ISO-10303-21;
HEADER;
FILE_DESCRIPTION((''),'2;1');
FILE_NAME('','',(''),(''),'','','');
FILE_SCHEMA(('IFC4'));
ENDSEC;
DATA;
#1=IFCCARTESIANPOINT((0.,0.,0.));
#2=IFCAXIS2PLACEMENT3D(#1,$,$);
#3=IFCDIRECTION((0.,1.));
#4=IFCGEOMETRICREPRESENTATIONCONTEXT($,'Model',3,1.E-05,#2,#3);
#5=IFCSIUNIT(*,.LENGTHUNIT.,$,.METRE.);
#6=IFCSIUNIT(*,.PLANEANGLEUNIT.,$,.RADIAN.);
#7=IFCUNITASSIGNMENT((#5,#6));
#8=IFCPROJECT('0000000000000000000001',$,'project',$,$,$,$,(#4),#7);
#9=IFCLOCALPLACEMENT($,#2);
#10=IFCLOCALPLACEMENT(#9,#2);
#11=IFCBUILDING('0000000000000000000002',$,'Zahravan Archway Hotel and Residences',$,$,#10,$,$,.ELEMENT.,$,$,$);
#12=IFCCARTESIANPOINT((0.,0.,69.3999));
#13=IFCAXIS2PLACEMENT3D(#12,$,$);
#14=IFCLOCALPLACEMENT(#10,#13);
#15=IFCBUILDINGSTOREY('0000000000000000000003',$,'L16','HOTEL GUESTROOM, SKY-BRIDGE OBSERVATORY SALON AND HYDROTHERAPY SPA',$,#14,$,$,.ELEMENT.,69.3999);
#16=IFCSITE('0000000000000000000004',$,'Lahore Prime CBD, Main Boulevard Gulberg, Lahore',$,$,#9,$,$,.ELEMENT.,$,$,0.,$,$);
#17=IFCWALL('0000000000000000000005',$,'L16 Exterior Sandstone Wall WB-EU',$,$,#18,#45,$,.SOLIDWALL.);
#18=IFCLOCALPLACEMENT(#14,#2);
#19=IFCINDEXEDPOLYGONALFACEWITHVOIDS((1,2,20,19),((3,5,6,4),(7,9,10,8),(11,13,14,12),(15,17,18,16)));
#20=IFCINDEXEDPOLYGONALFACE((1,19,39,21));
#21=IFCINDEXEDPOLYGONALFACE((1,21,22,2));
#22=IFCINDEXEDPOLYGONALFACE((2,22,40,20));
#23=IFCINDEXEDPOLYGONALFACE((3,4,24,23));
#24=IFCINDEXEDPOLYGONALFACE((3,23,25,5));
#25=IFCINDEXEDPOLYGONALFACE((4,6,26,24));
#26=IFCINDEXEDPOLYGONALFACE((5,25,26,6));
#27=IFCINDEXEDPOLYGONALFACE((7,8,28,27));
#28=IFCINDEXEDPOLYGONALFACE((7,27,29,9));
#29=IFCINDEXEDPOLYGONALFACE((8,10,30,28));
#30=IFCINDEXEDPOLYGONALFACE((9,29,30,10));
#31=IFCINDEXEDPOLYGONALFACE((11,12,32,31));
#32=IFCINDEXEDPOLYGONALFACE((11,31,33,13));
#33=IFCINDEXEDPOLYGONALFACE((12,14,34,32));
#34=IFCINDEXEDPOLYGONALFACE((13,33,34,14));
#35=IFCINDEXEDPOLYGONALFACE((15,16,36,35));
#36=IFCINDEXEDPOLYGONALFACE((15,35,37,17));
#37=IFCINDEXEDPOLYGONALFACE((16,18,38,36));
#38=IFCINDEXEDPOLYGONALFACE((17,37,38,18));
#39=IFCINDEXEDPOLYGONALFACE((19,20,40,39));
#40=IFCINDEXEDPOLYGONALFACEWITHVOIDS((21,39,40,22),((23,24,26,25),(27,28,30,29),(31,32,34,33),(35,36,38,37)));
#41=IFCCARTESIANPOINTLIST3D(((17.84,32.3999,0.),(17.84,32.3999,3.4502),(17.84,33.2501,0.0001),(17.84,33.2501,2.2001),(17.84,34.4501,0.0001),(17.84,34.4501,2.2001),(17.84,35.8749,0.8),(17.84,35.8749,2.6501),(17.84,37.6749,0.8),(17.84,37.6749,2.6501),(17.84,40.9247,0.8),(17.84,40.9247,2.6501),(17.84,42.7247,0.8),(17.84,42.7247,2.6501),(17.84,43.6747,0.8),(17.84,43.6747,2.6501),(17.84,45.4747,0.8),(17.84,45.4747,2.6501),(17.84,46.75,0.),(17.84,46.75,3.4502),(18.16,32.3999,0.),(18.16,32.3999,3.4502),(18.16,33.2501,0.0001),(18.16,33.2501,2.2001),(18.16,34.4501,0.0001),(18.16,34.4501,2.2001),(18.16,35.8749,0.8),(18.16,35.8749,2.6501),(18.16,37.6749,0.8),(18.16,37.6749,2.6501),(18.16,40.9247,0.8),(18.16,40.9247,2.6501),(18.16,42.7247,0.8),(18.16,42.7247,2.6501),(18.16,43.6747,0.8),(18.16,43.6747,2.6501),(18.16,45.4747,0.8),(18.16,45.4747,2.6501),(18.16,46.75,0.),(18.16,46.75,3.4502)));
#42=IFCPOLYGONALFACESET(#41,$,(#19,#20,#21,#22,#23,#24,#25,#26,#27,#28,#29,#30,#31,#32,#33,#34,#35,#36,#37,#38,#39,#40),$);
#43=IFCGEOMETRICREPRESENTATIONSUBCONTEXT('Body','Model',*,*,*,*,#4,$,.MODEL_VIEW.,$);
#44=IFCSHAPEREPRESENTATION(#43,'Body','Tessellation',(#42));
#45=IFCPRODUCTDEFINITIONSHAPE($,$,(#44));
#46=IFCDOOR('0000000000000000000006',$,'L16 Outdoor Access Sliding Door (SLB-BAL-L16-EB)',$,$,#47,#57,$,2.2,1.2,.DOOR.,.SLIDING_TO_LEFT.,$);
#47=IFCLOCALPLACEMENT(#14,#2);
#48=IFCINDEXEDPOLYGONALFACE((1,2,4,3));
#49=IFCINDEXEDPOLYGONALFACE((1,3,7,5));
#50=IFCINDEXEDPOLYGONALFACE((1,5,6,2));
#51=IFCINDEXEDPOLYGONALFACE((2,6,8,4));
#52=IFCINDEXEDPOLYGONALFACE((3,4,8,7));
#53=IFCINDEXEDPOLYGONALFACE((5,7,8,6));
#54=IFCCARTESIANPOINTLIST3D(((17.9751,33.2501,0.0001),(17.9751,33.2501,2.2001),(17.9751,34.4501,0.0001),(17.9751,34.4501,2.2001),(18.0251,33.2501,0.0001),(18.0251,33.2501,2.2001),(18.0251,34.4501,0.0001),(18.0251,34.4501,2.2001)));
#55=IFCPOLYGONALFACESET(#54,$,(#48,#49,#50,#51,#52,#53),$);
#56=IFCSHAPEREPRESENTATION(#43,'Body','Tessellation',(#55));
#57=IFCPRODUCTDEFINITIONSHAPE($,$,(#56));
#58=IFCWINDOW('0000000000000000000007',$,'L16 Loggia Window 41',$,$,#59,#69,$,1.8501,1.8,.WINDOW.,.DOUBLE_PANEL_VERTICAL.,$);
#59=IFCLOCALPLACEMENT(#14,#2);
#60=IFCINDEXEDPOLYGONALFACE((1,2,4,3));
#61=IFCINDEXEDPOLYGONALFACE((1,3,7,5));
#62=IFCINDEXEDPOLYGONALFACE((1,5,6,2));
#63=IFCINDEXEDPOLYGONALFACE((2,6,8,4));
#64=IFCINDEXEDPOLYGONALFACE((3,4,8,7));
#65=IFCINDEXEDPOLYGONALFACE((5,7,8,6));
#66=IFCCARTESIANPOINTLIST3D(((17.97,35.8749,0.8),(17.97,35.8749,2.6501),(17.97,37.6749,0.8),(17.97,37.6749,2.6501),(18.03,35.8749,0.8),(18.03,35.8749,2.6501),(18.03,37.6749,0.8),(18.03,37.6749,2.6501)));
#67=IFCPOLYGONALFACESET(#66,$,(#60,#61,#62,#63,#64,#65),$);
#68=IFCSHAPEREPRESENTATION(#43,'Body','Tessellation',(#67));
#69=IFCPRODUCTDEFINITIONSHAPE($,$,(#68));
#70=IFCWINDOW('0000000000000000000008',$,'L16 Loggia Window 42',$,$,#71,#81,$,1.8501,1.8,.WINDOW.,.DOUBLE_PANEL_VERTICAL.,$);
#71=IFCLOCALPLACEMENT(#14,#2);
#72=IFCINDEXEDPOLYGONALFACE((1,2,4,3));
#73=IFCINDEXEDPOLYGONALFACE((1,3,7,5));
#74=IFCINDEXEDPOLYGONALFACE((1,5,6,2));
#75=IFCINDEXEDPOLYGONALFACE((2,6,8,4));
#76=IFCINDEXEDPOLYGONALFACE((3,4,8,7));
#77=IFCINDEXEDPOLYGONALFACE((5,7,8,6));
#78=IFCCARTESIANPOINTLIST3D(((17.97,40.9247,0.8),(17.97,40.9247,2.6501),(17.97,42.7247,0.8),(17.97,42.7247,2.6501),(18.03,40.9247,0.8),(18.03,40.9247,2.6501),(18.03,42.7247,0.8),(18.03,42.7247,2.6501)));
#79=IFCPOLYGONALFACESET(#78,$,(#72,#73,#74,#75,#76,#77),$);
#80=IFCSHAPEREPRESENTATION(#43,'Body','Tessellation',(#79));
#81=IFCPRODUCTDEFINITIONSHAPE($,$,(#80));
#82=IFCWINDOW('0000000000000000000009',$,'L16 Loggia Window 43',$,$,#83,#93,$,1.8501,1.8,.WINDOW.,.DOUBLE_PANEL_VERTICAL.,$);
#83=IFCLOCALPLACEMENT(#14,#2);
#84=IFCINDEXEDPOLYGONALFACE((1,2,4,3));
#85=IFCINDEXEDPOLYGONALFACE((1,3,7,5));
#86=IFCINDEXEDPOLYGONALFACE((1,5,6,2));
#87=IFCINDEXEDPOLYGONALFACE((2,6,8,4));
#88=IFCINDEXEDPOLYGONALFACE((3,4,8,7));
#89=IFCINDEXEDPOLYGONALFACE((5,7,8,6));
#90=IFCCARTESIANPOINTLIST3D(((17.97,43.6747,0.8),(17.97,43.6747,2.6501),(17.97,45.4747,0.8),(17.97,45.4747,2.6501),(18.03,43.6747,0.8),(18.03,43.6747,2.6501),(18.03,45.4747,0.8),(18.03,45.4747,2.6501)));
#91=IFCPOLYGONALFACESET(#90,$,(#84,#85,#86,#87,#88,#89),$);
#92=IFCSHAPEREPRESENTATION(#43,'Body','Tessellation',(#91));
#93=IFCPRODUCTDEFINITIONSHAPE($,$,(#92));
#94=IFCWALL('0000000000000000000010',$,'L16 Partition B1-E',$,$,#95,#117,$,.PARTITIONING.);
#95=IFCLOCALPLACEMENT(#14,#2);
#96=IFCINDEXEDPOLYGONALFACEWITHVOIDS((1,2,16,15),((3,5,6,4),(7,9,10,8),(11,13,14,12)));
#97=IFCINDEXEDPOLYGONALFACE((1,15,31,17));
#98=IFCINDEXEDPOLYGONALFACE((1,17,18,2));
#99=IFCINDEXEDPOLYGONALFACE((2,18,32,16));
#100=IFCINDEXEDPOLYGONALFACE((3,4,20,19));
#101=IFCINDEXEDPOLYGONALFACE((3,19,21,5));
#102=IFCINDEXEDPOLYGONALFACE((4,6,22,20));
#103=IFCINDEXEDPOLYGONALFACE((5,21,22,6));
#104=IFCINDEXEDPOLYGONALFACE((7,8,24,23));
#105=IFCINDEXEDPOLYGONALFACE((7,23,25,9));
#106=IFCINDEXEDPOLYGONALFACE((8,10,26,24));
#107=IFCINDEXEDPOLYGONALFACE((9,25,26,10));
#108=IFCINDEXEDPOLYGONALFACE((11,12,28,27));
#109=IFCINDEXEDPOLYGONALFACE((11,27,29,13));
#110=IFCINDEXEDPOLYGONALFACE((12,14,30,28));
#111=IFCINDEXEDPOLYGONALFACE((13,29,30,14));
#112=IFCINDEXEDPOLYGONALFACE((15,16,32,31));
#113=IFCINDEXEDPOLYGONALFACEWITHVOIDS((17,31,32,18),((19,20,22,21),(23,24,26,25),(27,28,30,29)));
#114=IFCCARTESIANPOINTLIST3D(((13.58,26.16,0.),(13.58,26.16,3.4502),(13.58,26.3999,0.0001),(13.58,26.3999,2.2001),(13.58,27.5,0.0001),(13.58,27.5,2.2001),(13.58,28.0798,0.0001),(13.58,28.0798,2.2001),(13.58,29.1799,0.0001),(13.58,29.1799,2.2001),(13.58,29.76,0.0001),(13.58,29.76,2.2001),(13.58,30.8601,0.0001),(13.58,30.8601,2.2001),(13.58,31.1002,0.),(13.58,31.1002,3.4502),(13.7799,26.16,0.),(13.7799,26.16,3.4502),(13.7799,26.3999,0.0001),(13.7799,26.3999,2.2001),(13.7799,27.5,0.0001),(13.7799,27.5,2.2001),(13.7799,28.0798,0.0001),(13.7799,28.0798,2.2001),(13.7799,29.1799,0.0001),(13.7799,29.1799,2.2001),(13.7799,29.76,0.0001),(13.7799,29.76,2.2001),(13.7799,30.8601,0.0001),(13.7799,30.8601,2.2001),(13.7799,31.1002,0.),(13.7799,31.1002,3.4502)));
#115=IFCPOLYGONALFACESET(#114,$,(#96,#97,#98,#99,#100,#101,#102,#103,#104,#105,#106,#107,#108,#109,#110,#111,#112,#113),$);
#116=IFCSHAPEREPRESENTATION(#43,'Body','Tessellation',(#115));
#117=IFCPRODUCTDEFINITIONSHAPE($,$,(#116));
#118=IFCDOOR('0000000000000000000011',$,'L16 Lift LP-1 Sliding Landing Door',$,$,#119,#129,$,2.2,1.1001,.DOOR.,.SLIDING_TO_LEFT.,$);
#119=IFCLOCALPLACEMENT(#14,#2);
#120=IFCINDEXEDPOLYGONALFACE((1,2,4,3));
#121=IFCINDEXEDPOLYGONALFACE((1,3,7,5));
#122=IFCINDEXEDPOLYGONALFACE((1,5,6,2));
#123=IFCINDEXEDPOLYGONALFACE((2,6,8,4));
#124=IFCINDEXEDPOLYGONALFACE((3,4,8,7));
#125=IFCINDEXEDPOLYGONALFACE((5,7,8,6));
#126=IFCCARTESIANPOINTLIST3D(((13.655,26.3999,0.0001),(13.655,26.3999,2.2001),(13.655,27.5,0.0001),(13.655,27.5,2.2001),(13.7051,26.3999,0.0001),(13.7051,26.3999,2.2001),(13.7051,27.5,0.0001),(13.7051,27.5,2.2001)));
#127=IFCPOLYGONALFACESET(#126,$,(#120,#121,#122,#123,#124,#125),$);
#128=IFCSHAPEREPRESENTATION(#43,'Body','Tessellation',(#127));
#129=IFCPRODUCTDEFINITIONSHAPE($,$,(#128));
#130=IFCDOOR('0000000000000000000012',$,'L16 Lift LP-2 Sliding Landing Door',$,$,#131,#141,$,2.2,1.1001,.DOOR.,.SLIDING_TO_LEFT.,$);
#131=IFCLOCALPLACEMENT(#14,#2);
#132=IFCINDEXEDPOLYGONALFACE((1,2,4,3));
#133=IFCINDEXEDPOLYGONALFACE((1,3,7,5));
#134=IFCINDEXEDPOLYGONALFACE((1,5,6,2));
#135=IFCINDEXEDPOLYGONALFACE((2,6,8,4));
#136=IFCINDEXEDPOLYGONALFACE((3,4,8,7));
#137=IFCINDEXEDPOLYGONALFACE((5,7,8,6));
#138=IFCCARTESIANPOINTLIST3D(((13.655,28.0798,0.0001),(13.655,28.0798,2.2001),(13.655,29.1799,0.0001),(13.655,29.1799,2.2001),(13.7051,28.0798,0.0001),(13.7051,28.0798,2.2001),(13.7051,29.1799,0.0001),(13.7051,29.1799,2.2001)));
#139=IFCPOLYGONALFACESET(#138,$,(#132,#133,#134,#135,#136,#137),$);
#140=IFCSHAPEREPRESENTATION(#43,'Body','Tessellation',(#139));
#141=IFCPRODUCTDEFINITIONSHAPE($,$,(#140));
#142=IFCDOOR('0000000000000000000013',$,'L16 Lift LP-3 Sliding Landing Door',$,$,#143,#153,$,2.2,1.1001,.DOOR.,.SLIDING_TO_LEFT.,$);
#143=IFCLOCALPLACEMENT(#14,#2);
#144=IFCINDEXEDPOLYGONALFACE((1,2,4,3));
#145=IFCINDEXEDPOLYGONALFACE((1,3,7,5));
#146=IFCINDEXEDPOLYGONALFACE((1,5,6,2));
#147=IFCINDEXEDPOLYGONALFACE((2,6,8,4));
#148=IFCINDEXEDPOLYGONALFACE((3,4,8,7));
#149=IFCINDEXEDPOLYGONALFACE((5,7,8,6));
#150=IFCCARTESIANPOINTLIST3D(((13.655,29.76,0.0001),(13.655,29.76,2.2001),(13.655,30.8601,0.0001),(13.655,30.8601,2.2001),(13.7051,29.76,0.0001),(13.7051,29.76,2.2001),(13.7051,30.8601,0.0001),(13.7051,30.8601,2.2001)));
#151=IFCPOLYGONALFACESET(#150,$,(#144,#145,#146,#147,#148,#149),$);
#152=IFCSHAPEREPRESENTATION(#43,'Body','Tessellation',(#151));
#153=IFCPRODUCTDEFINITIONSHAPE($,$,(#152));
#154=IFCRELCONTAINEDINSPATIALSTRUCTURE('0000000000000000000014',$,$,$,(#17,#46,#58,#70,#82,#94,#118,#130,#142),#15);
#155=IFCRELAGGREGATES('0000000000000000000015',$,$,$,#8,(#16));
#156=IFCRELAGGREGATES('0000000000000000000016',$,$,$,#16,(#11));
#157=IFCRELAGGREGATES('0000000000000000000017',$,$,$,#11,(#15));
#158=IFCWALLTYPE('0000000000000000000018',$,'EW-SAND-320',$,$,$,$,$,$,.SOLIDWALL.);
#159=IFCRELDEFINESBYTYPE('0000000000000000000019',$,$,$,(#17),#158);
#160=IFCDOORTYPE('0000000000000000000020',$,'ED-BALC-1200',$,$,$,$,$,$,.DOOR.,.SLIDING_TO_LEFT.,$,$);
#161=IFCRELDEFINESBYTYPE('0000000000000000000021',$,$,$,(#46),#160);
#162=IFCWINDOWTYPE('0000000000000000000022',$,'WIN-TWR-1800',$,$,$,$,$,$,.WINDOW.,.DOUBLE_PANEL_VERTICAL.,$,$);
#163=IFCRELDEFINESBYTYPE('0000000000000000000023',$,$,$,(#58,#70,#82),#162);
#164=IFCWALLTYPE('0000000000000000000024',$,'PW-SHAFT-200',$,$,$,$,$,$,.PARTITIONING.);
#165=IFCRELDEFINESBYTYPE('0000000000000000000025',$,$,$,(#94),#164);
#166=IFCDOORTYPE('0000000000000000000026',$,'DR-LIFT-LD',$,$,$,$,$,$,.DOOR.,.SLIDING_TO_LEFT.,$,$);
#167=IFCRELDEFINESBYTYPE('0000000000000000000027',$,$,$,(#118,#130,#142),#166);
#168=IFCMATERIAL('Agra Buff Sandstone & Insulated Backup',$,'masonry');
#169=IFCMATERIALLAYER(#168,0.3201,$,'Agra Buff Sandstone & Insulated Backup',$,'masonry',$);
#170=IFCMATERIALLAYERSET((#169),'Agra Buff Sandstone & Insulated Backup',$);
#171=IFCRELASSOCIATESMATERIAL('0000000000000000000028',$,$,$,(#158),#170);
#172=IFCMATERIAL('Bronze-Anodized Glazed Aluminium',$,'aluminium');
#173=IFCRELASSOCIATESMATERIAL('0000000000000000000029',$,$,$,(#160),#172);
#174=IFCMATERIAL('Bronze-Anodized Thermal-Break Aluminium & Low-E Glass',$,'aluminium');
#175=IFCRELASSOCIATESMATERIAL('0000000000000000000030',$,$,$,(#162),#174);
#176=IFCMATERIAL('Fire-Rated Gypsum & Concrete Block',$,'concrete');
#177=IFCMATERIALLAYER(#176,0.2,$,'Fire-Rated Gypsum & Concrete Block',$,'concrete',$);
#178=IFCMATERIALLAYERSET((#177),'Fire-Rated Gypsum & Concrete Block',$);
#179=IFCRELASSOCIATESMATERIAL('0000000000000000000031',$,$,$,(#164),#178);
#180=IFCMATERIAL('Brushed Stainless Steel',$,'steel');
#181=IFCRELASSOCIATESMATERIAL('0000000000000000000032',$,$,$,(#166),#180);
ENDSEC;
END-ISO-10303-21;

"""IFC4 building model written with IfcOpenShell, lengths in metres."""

from ifc_helpers import new_model, si_unit, direction, frame, frame_2d, origin, place, context, subcontext, project, spatial, rectangle, extrude, source, transform, mapped, material, layer, layer_set, type_object, type_shapes, element, fill, save


model = new_model("IFC4")

# Units and contexts
model_context = context("Model", 3, precision=1e-05, world=origin(), true_north=direction((0.0, 1.0)))
body_context = subcontext(model_context, "Body", "Model", "MODEL_VIEW")
ifc_project = project(units=[si_unit("LENGTHUNIT", "METRE"), si_unit("PLANEANGLEUNIT", "RADIAN")], contexts=[model_context])

# Site, building, storey
site_placement = place(None, origin())
site = spatial("IfcSite", under=ifc_project, at=site_placement, Name="Lahore Prime CBD, Main Boulevard Gulberg, Lahore", CompositionType="ELEMENT", RefElevation=0.0)
building_placement = place(site_placement, origin())
building = spatial("IfcBuilding", under=site, at=building_placement, Name="Zahravan Archway Hotel and Residences", CompositionType="ELEMENT")
storey_placement = place(building_placement, frame((0.0, 0.0, 69.3999)))
storey = spatial("IfcBuildingStorey", under=building, at=storey_placement, Name="L16", Description="HOTEL GUESTROOM, SKY-BRIDGE OBSERVATORY SALON AND HYDROTHERAPY SPA", CompositionType="ELEMENT", Elevation=69.3999)

# Wall, openings, door, windows
ifc_material_1 = material(Name="Agra Buff Sandstone & Insulated Backup", Category="masonry")
ifc_layer_1 = layer(ifc_material_1, 0.3201, Name="Agra Buff Sandstone & Insulated Backup", Category="masonry")
ifc_layer_set_1 = layer_set([ifc_layer_1], Name="Agra Buff Sandstone & Insulated Backup")
wall_type_1 = type_object("IfcWallType", Name="EW-SAND-320", PredefinedType="SOLIDWALL", material=ifc_layer_set_1)
wall_1_placement = place(storey_placement, frame((18.0, 32.3999, 0.0), z_axis=(0.0, 0.0, 1.0), x_axis=(0.0, 1.0, 0.0)))
wall_1 = element("IfcWall", 1, at=wall_1_placement, inside=storey, type_object=wall_type_1, Name="L16 Exterior Sandstone Wall WB-EU", PredefinedType="SOLIDWALL", context=body_context, shape_type="SweptSolid", body=[
    extrude(rectangle(XDim=14.3501, YDim=0.3201, at=frame_2d((7.175, 0.0))), origin(), (0.0, 0.0, 1.0), 3.4502),
])
opening_1_placement = place(wall_1_placement, frame((0.8501, 0.0, 0.0)))
opening_1 = element("IfcOpeningElement", 2, at=opening_1_placement, cuts=wall_1, PredefinedType="OPENING", context=body_context, shape_type="SweptSolid", body=[
    extrude(rectangle(XDim=1.2, YDim=2.2, at=frame_2d((0.6001, 1.1001))), frame((0.0, 0.1699, 0.0), z_axis=(0.0, -1.0, 0.0), x_axis=(1.0, 0.0, 0.0)), (0.0, 0.0, 1.0), 0.3401),
])
opening_2_placement = place(wall_1_placement, frame((3.4751, 0.0, 0.8)))
opening_2 = element("IfcOpeningElement", 3, at=opening_2_placement, cuts=wall_1, PredefinedType="OPENING", context=body_context, shape_type="SweptSolid", body=[
    extrude(rectangle(XDim=1.8, YDim=1.8501, at=frame_2d((0.8999, 0.925))), frame((0.0, 0.1699, 0.0), z_axis=(0.0, -1.0, 0.0), x_axis=(1.0, 0.0, 0.0)), (0.0, 0.0, 1.0), 0.3401),
])
opening_3_placement = place(wall_1_placement, frame((8.5249, 0.0, 0.8)))
opening_3 = element("IfcOpeningElement", 4, at=opening_3_placement, cuts=wall_1, PredefinedType="OPENING", context=body_context, shape_type="SweptSolid", body=[
    extrude(rectangle(XDim=1.8, YDim=1.8501, at=frame_2d((0.8999, 0.925))), frame((0.0, 0.1699, 0.0), z_axis=(0.0, -1.0, 0.0), x_axis=(1.0, 0.0, 0.0)), (0.0, 0.0, 1.0), 0.3401),
])
opening_4_placement = place(wall_1_placement, frame((11.2749, 0.0, 0.8)))
opening_4 = element("IfcOpeningElement", 5, at=opening_4_placement, cuts=wall_1, PredefinedType="OPENING", context=body_context, shape_type="SweptSolid", body=[
    extrude(rectangle(XDim=1.8, YDim=1.8501, at=frame_2d((0.8999, 0.925))), frame((0.0, 0.1699, 0.0), z_axis=(0.0, -1.0, 0.0), x_axis=(1.0, 0.0, 0.0)), (0.0, 0.0, 1.0), 0.3401),
])
ifc_material_2 = material(Name="Bronze-Anodized Glazed Aluminium", Category="aluminium")
door_type_1 = type_object("IfcDoorType", Name="ED-BALC-1200", OperationType="SLIDING_TO_LEFT", PredefinedType="DOOR", material=ifc_material_2)
shared_shape_1 = source(origin(), body_context, "Body", "SweptSolid", [
    extrude(rectangle(XDim=1.2, YDim=2.2, at=frame_2d((0.6001, 1.1001))), frame((0.0, 0.0249, 0.0), z_axis=(0.0, -1.0, 0.0), x_axis=(1.0, 0.0, 0.0)), (0.0, 0.0, 1.0), 0.05),
])
type_shapes(door_type_1, [shared_shape_1])
door_1_placement = place(opening_1_placement, origin())
door_1 = element("IfcDoor", 6, at=door_1_placement, inside=storey, type_object=door_type_1, Name="L16 Outdoor Access Sliding Door (SLB-BAL-L16-EB)", OperationType="SLIDING_TO_LEFT", OverallHeight=2.2, OverallWidth=1.2, PredefinedType="DOOR", context=body_context, shape_type="MappedRepresentation", body=[
    mapped(shared_shape_1, transform((0.0, 0.0, 0.0), scale=1.0)),
])
fill(opening_1, door_1)
ifc_material_3 = material(Name="Bronze-Anodized Thermal-Break Aluminium & Low-E Glass", Category="aluminium")
window_type = type_object("IfcWindowType", Name="WIN-TWR-1800", PartitioningType="DOUBLE_PANEL_VERTICAL", PredefinedType="WINDOW", material=ifc_material_3)
shared_shape_2 = source(origin(), body_context, "Body", "SweptSolid", [
    extrude(rectangle(XDim=1.8, YDim=1.8501, at=frame_2d((0.8999, 0.925))), frame((0.0, 0.03, 0.0), z_axis=(0.0, -1.0, 0.0), x_axis=(1.0, 0.0, 0.0)), (0.0, 0.0, 1.0), 0.0601),
])
type_shapes(window_type, [shared_shape_2])
window_1_placement = place(opening_2_placement, origin())
window_1 = element("IfcWindow", 7, at=window_1_placement, inside=storey, type_object=window_type, Name="L16 Loggia Window 41", OverallHeight=1.8501, OverallWidth=1.8, PartitioningType="DOUBLE_PANEL_VERTICAL", PredefinedType="WINDOW", context=body_context, shape_type="MappedRepresentation", body=[
    mapped(shared_shape_2, transform((0.0, 0.0, 0.0), scale=1.0)),
])
fill(opening_2, window_1)
window_2_placement = place(opening_3_placement, origin())
window_2 = element("IfcWindow", 8, at=window_2_placement, inside=storey, type_object=window_type, Name="L16 Loggia Window 42", OverallHeight=1.8501, OverallWidth=1.8, PartitioningType="DOUBLE_PANEL_VERTICAL", PredefinedType="WINDOW", context=body_context, shape_type="MappedRepresentation", body=[
    mapped(shared_shape_2, transform((0.0, 0.0, 0.0), scale=1.0)),
])
fill(opening_3, window_2)
window_3_placement = place(opening_4_placement, origin())
window_3 = element("IfcWindow", 9, at=window_3_placement, inside=storey, type_object=window_type, Name="L16 Loggia Window 43", OverallHeight=1.8501, OverallWidth=1.8, PartitioningType="DOUBLE_PANEL_VERTICAL", PredefinedType="WINDOW", context=body_context, shape_type="MappedRepresentation", body=[
    mapped(shared_shape_2, transform((0.0, 0.0, 0.0), scale=1.0)),
])
fill(opening_4, window_3)

# Wall, openings, doors
ifc_material_4 = material(Name="Fire-Rated Gypsum & Concrete Block", Category="concrete")
ifc_layer_2 = layer(ifc_material_4, 0.2, Name="Fire-Rated Gypsum & Concrete Block", Category="concrete")
ifc_layer_set_2 = layer_set([ifc_layer_2], Name="Fire-Rated Gypsum & Concrete Block")
wall_type_2 = type_object("IfcWallType", Name="PW-SHAFT-200", PredefinedType="PARTITIONING", material=ifc_layer_set_2)
wall_2_placement = place(storey_placement, frame((13.6799, 26.1599, 0.0), z_axis=(0.0, 0.0, 1.0), x_axis=(0.0, 1.0, 0.0)))
wall_2 = element("IfcWall", 10, at=wall_2_placement, inside=storey, type_object=wall_type_2, Name="L16 Partition B1-E", PredefinedType="PARTITIONING", context=body_context, shape_type="SweptSolid", body=[
    extrude(rectangle(XDim=4.9402, YDim=0.2, at=frame_2d((2.4702, 0.0))), origin(), (0.0, 0.0, 1.0), 3.4502),
])
opening_5_placement = place(wall_2_placement, frame((0.24, 0.0, 0.0)))
opening_5 = element("IfcOpeningElement", 11, at=opening_5_placement, cuts=wall_2, PredefinedType="OPENING", context=body_context, shape_type="SweptSolid", body=[
    extrude(rectangle(XDim=1.1001, YDim=2.2, at=frame_2d((0.55, 1.1001))), frame((0.0, 0.1099, 0.0), z_axis=(0.0, -1.0, 0.0), x_axis=(1.0, 0.0, 0.0)), (0.0, 0.0, 1.0), 0.22),
])
opening_6_placement = place(wall_2_placement, frame((1.9199, 0.0, 0.0)))
opening_6 = element("IfcOpeningElement", 12, at=opening_6_placement, cuts=wall_2, PredefinedType="OPENING", context=body_context, shape_type="SweptSolid", body=[
    extrude(rectangle(XDim=1.1001, YDim=2.2, at=frame_2d((0.55, 1.1001))), frame((0.0, 0.1099, 0.0), z_axis=(0.0, -1.0, 0.0), x_axis=(1.0, 0.0, 0.0)), (0.0, 0.0, 1.0), 0.22),
])
opening_7_placement = place(wall_2_placement, frame((3.6001, 0.0, 0.0)))
opening_7 = element("IfcOpeningElement", 13, at=opening_7_placement, cuts=wall_2, PredefinedType="OPENING", context=body_context, shape_type="SweptSolid", body=[
    extrude(rectangle(XDim=1.1001, YDim=2.2, at=frame_2d((0.55, 1.1001))), frame((0.0, 0.1099, 0.0), z_axis=(0.0, -1.0, 0.0), x_axis=(1.0, 0.0, 0.0)), (0.0, 0.0, 1.0), 0.22),
])
ifc_material_5 = material(Name="Brushed Stainless Steel", Category="steel")
door_type_2 = type_object("IfcDoorType", Name="DR-LIFT-LD", OperationType="SLIDING_TO_LEFT", PredefinedType="DOOR", material=ifc_material_5)
shared_shape_3 = source(origin(), body_context, "Body", "SweptSolid", [
    extrude(rectangle(XDim=1.1001, YDim=2.2, at=frame_2d((0.55, 1.1001))), frame((0.0, 0.0249, 0.0), z_axis=(0.0, -1.0, 0.0), x_axis=(1.0, 0.0, 0.0)), (0.0, 0.0, 1.0), 0.05),
])
type_shapes(door_type_2, [shared_shape_3])
door_2_placement = place(opening_5_placement, origin())
door_2 = element("IfcDoor", 14, at=door_2_placement, inside=storey, type_object=door_type_2, Name="L16 Lift LP-1 Sliding Landing Door", OperationType="SLIDING_TO_LEFT", OverallHeight=2.2, OverallWidth=1.1001, PredefinedType="DOOR", context=body_context, shape_type="MappedRepresentation", body=[
    mapped(shared_shape_3, transform((0.0, 0.0, 0.0), scale=1.0)),
])
fill(opening_5, door_2)
door_3_placement = place(opening_6_placement, origin())
door_3 = element("IfcDoor", 15, at=door_3_placement, inside=storey, type_object=door_type_2, Name="L16 Lift LP-2 Sliding Landing Door", OperationType="SLIDING_TO_LEFT", OverallHeight=2.2, OverallWidth=1.1001, PredefinedType="DOOR", context=body_context, shape_type="MappedRepresentation", body=[
    mapped(shared_shape_3, transform((0.0, 0.0, 0.0), scale=1.0)),
])
fill(opening_6, door_3)
door_4_placement = place(opening_7_placement, origin())
door_4 = element("IfcDoor", 16, at=door_4_placement, inside=storey, type_object=door_type_2, Name="L16 Lift LP-3 Sliding Landing Door", OperationType="SLIDING_TO_LEFT", OverallHeight=2.2, OverallWidth=1.1001, PredefinedType="DOOR", context=body_context, shape_type="MappedRepresentation", body=[
    mapped(shared_shape_3, transform((0.0, 0.0, 0.0), scale=1.0)),
])
fill(opening_7, door_4)

save(model, "model.ifc")
